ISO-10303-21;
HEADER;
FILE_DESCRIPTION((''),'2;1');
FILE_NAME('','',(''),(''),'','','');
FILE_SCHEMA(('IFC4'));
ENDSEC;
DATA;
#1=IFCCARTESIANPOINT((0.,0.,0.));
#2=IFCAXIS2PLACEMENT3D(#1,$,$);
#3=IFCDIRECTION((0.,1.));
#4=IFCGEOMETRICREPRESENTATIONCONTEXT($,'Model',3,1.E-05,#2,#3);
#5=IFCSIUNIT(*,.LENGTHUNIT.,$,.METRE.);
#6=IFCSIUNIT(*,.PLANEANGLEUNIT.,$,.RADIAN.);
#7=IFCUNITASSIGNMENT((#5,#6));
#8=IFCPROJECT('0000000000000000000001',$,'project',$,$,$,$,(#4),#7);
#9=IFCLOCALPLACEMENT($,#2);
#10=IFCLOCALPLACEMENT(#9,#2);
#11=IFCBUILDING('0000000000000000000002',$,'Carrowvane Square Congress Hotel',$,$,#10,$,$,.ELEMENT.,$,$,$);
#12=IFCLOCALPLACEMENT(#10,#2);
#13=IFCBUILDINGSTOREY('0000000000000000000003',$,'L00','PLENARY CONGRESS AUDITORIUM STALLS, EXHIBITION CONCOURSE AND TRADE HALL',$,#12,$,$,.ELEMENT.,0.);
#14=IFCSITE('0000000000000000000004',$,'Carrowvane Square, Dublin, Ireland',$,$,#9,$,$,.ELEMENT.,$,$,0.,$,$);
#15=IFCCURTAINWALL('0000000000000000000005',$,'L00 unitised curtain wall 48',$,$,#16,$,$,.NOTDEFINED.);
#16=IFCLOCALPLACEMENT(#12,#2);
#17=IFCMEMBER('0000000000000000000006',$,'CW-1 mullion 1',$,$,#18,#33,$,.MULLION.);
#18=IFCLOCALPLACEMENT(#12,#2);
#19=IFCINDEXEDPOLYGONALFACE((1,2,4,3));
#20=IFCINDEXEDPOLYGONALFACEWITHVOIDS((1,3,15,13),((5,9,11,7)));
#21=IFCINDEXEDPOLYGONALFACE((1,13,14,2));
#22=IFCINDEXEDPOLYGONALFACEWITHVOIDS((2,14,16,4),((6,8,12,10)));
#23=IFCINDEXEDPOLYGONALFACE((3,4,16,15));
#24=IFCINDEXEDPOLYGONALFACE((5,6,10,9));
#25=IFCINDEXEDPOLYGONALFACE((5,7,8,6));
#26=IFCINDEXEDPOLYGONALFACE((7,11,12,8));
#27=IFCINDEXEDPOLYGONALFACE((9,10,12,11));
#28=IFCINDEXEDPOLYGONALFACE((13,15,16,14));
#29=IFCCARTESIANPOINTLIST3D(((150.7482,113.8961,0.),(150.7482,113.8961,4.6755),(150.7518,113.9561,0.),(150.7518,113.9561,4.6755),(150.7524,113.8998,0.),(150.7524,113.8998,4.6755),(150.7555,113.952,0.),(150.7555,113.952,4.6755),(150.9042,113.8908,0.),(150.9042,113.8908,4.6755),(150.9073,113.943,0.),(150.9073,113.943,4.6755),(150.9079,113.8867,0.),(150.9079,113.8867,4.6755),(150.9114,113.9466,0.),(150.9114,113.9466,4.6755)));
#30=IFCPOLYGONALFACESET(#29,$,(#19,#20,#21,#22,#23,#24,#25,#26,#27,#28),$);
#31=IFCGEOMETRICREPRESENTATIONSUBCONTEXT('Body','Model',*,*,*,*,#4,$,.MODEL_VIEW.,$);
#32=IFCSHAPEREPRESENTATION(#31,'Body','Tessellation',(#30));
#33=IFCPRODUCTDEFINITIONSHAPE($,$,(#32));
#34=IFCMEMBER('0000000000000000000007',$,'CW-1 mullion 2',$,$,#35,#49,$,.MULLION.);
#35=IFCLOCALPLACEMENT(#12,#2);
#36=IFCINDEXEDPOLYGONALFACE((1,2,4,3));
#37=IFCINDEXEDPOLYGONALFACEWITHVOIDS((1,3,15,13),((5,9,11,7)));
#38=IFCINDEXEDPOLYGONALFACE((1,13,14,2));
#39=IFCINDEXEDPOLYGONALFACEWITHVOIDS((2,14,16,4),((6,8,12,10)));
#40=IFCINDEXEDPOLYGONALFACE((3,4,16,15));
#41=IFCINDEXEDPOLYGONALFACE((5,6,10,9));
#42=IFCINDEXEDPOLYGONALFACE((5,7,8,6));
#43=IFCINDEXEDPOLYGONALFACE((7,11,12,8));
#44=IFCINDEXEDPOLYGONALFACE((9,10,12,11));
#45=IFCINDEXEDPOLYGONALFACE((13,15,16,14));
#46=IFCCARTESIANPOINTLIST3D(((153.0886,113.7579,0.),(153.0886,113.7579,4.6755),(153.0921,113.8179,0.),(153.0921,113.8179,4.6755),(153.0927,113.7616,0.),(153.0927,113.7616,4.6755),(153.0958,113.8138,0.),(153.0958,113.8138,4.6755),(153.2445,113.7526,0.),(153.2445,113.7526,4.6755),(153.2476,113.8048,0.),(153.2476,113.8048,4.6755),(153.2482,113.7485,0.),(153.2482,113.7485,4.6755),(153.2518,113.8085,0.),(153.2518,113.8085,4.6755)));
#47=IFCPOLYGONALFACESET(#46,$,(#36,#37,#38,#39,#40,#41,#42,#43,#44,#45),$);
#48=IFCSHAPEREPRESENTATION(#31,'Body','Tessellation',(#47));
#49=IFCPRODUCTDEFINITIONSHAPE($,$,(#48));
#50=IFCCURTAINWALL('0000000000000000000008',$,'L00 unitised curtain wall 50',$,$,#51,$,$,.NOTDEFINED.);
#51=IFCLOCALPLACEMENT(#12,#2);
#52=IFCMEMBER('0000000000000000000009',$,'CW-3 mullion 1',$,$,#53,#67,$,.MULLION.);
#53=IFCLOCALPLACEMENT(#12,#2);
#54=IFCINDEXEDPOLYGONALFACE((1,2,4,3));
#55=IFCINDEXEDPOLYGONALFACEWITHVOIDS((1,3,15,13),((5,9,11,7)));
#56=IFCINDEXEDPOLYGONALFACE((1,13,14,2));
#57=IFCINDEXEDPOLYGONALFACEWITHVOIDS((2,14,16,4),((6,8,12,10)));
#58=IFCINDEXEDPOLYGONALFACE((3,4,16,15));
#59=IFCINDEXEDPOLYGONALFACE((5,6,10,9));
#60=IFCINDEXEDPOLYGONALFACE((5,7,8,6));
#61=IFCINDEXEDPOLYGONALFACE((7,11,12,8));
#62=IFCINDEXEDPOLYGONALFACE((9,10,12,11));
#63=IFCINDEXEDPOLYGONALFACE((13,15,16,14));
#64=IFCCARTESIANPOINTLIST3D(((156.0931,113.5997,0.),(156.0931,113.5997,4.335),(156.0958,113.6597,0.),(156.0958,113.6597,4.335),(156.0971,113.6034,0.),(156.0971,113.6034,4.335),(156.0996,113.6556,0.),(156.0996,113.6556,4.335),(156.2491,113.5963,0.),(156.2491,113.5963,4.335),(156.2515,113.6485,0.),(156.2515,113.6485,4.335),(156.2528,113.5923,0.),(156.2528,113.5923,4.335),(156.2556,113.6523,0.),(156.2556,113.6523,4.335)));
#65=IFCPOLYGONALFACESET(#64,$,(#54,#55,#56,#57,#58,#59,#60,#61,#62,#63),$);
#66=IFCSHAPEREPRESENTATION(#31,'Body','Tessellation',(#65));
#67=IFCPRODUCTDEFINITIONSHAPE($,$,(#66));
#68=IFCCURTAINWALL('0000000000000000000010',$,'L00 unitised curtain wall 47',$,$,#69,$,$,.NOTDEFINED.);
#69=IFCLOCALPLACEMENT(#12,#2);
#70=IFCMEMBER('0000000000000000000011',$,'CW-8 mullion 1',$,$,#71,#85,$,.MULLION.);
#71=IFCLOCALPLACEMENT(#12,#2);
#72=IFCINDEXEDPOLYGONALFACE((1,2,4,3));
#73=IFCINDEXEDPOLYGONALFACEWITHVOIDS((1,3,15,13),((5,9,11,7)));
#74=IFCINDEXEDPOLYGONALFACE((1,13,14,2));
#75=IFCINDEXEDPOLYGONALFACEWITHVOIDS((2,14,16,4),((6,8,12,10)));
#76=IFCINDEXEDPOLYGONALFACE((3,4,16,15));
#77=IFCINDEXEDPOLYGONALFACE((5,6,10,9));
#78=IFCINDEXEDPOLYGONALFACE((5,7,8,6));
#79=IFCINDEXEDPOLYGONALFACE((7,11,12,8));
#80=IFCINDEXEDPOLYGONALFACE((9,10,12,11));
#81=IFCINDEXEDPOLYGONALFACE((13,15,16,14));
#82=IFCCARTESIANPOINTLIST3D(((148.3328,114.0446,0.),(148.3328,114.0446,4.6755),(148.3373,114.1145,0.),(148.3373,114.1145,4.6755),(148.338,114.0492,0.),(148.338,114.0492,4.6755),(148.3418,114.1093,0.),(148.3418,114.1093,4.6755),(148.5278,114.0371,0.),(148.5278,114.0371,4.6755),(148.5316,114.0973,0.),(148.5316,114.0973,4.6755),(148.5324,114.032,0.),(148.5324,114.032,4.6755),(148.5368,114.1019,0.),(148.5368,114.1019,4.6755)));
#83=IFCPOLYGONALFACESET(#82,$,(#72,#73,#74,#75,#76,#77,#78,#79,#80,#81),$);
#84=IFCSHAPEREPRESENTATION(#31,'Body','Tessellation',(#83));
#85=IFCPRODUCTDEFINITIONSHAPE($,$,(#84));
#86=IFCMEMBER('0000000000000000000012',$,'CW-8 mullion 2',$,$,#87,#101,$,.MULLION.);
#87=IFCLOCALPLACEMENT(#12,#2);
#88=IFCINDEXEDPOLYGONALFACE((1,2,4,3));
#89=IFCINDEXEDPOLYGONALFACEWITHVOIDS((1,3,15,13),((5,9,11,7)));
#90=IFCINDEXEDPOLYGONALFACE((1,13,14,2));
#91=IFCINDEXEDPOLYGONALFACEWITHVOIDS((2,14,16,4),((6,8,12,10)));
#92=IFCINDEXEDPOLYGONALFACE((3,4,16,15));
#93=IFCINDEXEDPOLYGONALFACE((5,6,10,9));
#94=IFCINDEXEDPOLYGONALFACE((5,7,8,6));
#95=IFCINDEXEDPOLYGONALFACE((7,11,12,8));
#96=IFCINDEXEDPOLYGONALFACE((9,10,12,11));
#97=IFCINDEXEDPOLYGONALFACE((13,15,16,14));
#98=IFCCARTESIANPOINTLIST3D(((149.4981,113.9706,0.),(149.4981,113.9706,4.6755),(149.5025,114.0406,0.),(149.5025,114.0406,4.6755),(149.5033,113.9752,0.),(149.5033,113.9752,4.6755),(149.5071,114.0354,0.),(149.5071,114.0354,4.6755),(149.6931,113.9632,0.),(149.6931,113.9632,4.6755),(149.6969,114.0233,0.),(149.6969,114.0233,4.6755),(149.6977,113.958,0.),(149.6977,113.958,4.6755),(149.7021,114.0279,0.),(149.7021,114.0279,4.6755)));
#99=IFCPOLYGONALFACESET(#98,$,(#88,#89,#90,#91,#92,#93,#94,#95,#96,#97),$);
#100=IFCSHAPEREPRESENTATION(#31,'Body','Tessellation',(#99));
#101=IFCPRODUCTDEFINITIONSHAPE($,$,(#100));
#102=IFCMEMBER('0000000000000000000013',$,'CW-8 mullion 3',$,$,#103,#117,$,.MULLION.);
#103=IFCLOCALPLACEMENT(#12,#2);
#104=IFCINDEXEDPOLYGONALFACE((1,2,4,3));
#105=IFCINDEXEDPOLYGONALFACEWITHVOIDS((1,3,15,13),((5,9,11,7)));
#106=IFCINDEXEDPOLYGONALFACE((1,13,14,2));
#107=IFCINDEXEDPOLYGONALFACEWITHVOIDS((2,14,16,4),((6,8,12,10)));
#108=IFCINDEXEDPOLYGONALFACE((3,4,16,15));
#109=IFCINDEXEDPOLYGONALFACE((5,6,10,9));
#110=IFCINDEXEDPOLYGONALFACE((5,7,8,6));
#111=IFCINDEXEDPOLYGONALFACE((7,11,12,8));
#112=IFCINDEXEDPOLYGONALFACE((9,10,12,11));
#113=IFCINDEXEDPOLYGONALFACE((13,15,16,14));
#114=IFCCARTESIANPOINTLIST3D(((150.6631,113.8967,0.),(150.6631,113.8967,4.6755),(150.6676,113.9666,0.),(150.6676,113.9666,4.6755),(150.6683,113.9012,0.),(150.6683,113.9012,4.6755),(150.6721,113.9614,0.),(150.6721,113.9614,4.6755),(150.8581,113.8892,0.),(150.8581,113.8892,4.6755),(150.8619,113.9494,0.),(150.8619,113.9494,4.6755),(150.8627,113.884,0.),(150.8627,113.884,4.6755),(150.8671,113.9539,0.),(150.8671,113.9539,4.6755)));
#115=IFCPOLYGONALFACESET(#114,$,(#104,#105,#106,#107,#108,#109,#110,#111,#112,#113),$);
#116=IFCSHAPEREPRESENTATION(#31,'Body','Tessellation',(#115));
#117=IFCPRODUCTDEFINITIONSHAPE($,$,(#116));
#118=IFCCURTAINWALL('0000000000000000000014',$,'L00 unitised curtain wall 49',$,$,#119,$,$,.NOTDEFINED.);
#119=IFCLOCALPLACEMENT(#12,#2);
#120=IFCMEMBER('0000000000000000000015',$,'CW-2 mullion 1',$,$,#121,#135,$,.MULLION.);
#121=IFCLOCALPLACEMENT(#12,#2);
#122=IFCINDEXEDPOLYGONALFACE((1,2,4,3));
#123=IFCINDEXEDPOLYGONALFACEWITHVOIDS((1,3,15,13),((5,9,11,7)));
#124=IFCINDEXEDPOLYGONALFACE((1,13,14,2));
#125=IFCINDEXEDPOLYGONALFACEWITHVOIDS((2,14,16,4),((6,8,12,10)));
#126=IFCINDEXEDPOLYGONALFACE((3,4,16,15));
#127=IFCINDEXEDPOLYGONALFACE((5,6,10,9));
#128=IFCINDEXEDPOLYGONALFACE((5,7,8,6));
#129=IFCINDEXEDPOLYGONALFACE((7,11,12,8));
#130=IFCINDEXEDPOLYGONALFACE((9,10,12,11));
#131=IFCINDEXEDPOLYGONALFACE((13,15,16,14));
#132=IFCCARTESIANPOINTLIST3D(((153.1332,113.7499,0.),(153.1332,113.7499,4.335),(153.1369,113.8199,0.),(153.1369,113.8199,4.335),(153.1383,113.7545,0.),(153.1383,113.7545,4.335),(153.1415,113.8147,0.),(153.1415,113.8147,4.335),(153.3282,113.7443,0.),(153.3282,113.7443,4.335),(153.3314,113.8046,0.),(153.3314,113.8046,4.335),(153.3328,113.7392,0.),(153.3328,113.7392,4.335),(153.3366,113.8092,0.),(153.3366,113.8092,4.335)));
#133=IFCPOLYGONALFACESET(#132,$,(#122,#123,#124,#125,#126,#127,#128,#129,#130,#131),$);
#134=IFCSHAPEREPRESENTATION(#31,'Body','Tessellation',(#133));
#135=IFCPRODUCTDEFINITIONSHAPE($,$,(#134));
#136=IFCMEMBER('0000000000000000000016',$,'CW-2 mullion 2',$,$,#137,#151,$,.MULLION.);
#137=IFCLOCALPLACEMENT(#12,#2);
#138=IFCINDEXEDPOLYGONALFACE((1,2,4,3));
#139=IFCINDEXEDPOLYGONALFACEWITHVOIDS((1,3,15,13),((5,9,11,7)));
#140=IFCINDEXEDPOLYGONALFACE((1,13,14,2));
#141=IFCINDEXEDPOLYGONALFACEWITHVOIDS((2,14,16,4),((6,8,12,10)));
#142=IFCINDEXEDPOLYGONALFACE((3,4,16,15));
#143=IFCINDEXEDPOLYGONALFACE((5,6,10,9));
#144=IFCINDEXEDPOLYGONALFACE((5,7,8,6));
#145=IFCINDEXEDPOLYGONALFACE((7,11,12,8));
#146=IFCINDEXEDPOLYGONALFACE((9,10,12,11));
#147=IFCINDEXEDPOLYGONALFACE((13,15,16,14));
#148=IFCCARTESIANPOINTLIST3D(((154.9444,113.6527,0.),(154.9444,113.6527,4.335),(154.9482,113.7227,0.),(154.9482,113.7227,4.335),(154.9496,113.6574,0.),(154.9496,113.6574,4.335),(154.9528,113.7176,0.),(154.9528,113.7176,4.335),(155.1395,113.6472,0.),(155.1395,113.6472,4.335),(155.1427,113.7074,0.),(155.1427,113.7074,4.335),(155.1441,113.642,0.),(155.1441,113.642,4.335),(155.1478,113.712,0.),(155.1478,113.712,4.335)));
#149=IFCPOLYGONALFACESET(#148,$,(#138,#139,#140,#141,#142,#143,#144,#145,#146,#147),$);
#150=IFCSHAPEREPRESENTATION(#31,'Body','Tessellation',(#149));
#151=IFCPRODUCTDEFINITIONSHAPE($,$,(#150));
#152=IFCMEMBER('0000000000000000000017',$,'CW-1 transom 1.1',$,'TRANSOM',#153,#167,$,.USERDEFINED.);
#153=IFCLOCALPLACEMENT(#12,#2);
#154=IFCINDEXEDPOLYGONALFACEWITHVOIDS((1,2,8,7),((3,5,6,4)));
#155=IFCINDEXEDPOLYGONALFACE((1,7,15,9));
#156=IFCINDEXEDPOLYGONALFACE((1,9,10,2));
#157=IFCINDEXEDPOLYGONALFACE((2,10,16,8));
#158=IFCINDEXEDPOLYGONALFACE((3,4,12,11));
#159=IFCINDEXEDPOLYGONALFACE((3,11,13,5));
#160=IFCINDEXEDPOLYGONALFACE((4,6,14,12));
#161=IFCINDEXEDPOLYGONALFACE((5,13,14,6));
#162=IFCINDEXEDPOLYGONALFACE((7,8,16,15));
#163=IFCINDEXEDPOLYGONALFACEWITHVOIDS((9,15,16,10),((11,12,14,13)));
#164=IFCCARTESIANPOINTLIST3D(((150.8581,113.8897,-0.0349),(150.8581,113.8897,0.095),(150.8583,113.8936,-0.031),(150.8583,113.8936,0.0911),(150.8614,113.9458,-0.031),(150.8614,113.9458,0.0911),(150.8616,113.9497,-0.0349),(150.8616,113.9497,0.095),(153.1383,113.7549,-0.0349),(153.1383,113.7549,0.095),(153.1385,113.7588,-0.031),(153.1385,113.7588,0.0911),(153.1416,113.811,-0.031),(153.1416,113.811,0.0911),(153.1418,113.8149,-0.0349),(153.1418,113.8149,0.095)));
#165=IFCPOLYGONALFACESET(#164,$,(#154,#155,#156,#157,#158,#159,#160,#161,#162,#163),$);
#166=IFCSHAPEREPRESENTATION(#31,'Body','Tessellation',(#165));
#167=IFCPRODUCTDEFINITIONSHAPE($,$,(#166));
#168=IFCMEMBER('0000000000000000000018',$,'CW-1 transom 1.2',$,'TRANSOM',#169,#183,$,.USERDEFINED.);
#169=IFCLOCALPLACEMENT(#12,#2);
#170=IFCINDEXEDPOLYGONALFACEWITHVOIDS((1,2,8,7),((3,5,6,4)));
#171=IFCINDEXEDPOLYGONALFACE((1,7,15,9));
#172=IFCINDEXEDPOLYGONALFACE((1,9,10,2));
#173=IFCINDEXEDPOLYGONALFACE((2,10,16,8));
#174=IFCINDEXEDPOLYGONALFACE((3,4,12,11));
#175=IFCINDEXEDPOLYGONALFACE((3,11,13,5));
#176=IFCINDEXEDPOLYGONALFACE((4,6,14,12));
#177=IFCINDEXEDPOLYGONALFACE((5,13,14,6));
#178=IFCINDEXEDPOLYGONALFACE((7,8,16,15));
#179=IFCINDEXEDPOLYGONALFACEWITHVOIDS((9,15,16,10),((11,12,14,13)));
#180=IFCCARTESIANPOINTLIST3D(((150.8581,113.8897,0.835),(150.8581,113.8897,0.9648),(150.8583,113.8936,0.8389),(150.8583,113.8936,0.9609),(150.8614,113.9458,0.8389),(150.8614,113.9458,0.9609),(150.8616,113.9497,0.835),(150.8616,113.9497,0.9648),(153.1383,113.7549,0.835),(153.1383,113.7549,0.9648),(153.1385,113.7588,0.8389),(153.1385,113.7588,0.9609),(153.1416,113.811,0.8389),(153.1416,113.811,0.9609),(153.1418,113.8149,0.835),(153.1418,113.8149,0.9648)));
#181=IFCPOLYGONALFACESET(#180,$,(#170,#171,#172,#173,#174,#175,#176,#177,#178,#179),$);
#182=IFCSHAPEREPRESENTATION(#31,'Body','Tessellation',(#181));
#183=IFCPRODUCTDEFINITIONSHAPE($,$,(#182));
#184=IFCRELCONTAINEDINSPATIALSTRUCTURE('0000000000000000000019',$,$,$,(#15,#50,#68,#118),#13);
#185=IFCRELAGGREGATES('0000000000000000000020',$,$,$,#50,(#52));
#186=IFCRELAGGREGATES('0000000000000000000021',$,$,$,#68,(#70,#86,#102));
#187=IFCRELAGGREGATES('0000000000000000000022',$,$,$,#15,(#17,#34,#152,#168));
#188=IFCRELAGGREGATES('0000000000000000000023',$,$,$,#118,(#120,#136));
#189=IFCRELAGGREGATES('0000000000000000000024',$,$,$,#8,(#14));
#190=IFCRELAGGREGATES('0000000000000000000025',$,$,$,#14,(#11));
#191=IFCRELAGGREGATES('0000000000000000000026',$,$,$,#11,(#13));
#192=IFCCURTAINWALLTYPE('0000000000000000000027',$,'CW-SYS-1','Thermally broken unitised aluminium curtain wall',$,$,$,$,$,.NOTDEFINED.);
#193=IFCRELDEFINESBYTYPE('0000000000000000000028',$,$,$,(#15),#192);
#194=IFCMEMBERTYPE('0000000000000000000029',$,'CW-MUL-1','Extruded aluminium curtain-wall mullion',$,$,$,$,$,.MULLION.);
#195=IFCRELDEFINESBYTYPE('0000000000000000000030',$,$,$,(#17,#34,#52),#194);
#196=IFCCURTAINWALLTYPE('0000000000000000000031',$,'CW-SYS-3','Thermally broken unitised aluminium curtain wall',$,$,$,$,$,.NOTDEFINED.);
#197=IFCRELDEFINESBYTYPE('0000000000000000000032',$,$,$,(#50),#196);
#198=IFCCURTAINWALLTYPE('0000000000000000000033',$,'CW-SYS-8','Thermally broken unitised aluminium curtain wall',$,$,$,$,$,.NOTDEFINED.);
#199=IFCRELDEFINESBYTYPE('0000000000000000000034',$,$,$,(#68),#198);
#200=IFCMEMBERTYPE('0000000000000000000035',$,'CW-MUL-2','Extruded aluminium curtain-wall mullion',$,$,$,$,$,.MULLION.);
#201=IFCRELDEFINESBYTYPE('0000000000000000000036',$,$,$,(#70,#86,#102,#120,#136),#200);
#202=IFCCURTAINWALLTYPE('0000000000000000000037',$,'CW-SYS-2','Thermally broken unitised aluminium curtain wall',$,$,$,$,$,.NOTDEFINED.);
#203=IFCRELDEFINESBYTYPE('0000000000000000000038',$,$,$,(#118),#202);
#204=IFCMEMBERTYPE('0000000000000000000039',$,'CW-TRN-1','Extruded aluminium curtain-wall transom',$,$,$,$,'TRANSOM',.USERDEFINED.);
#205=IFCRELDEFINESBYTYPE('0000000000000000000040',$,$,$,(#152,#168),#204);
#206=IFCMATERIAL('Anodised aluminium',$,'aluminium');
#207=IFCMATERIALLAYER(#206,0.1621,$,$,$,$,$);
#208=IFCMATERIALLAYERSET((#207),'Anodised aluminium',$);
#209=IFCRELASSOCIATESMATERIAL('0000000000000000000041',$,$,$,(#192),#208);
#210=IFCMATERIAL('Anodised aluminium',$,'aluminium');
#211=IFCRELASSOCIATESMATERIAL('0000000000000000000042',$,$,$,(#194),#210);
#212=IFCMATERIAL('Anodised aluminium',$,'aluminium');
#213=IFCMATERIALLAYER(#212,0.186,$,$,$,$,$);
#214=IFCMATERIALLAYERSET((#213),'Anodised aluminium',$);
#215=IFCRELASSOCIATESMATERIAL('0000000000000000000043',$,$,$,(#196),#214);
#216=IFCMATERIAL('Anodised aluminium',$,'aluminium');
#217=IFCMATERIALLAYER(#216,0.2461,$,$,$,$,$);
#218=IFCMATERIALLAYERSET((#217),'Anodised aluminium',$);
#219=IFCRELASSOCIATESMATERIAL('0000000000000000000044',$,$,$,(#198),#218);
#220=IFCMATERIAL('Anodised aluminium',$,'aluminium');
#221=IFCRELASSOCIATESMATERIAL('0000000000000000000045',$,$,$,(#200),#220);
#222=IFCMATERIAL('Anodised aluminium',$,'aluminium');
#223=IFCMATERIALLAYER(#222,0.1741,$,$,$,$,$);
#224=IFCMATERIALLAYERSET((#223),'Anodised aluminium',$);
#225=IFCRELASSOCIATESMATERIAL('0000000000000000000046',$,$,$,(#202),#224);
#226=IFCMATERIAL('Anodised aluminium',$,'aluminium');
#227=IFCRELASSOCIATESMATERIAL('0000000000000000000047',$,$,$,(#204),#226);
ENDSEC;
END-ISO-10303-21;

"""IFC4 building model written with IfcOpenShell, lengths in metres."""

from ifc_helpers import new_model, si_unit, direction, frame, origin, origin_2d, place, context, subcontext, project, spatial, hollow_rectangle, extrude, material, layer, layer_set, material_profile, profile_set, type_object, element, aggregate, save


model = new_model("IFC4")

# Units and contexts
model_context = context("Model", 3, precision=1e-05, world=origin(), true_north=direction((0.0, 1.0)))
body_context = subcontext(model_context, "Body", "Model", "MODEL_VIEW")
ifc_project = project(units=[si_unit("LENGTHUNIT", "METRE"), si_unit("PLANEANGLEUNIT", "RADIAN")], contexts=[model_context])

# Site, building, storey
site_placement = place(None, origin())
site = spatial("IfcSite", under=ifc_project, at=site_placement, Name="Carrowvane Square, Dublin, Ireland", CompositionType="ELEMENT", RefElevation=0.0)
building_placement = place(site_placement, origin())
building = spatial("IfcBuilding", under=site, at=building_placement, Name="Carrowvane Square Congress Hotel", CompositionType="ELEMENT")
storey_placement = place(building_placement, origin())
storey = spatial("IfcBuildingStorey", under=building, at=storey_placement, Name="L00", Description="PLENARY CONGRESS AUDITORIUM STALLS, EXHIBITION CONCOURSE AND TRADE HALL", CompositionType="ELEMENT", Elevation=0.0)

# Curtain wall, members
ifc_material_1 = material(Name="Anodised aluminium", Category="aluminium")
ifc_layer_1 = layer(ifc_material_1, 0.1621)
ifc_layer_set_1 = layer_set([ifc_layer_1], Name="Anodised aluminium")
curtain_wall_type_1 = type_object("IfcCurtainWallType", Name="CW-SYS-1", Description="Thermally broken unitised aluminium curtain wall", PredefinedType="NOTDEFINED", material=ifc_layer_set_1)
curtain_wall_1_placement = place(storey_placement, origin())
curtain_wall_1 = element("IfcCurtainWall", 1, at=curtain_wall_1_placement, inside=storey, type_object=curtain_wall_type_1, Name="L00 unitised curtain wall 48", PredefinedType="NOTDEFINED")
ifc_material_2 = material(Name="Anodised aluminium", Category="aluminium")
ifc_material_profile_1 = material_profile(ifc_material_2, hollow_rectangle(XDim=0.0601, YDim=0.1599, WallThickness=0.0039, at=origin_2d()), Name="CW-ML 60x160x4")
ifc_profile_set_1 = profile_set([ifc_material_profile_1], Name="Anodised aluminium")
member_type_1 = type_object("IfcMemberType", Name="CW-MUL-1", Description="Extruded aluminium curtain-wall mullion", PredefinedType="MULLION", material=ifc_profile_set_1)
member_1_placement = place(storey_placement, frame((150.8298, 113.9214, 0.0), z_axis=(0.0, 0.0, 1.0), x_axis=(0.058989, 0.998259, 0.0)))
member_1 = element("IfcMember", 2, at=member_1_placement, type_object=member_type_1, Name="CW-1 mullion 1", PredefinedType="MULLION", context=body_context, shape_type="SweptSolid", body=[
    extrude(hollow_rectangle(XDim=0.0601, YDim=0.1599, WallThickness=0.0039, at=origin_2d()), origin(), (0.0, 0.0, 1.0), 4.6755),
])
member_2_placement = place(storey_placement, frame((153.1702, 113.7832, 0.0), z_axis=(0.0, 0.0, 1.0), x_axis=(0.058989, 0.998259, 0.0)))
member_2 = element("IfcMember", 3, at=member_2_placement, type_object=member_type_1, Name="CW-1 mullion 2", PredefinedType="MULLION", context=body_context, shape_type="SweptSolid", body=[
    extrude(hollow_rectangle(XDim=0.0601, YDim=0.1599, WallThickness=0.0039, at=origin_2d()), origin(), (0.0, 0.0, 1.0), 4.6755),
])

# Curtain wall, member
ifc_material_3 = material(Name="Anodised aluminium", Category="aluminium")
ifc_layer_2 = layer(ifc_material_3, 0.186)
ifc_layer_set_2 = layer_set([ifc_layer_2], Name="Anodised aluminium")
curtain_wall_type_2 = type_object("IfcCurtainWallType", Name="CW-SYS-3", Description="Thermally broken unitised aluminium curtain wall", PredefinedType="NOTDEFINED", material=ifc_layer_set_2)
curtain_wall_2_placement = place(storey_placement, origin())
curtain_wall_2 = element("IfcCurtainWall", 4, at=curtain_wall_2_placement, inside=storey, type_object=curtain_wall_type_2, Name="L00 unitised curtain wall 50", PredefinedType="NOTDEFINED")
member_3_placement = place(storey_placement, frame((156.1743, 113.626, 0.0), z_axis=(0.0, 0.0, 1.0), x_axis=(0.046517, 0.998917, 0.0)))
member_3 = element("IfcMember", 5, at=member_3_placement, type_object=member_type_1, Name="CW-3 mullion 1", PredefinedType="MULLION", context=body_context, shape_type="SweptSolid", body=[
    extrude(hollow_rectangle(XDim=0.0601, YDim=0.1599, WallThickness=0.0039, at=origin_2d()), origin(), (0.0, 0.0, 1.0), 4.335),
])

# Curtain walls, members
ifc_material_4 = material(Name="Anodised aluminium", Category="aluminium")
ifc_layer_3 = layer(ifc_material_4, 0.2461)
ifc_layer_set_3 = layer_set([ifc_layer_3], Name="Anodised aluminium")
curtain_wall_type_3 = type_object("IfcCurtainWallType", Name="CW-SYS-8", Description="Thermally broken unitised aluminium curtain wall", PredefinedType="NOTDEFINED", material=ifc_layer_set_3)
curtain_wall_3_placement = place(storey_placement, origin())
curtain_wall_3 = element("IfcCurtainWall", 6, at=curtain_wall_3_placement, inside=storey, type_object=curtain_wall_type_3, Name="L00 unitised curtain wall 47", PredefinedType="NOTDEFINED")
ifc_material_5 = material(Name="Anodised aluminium", Category="aluminium")
ifc_material_profile_2 = material_profile(ifc_material_5, hollow_rectangle(XDim=0.0701, YDim=0.2, WallThickness=0.0049, at=origin_2d()), Name="CW-ML 70x200x5")
ifc_profile_set_2 = profile_set([ifc_material_profile_2], Name="Anodised aluminium")
member_type_2 = type_object("IfcMemberType", Name="CW-MUL-2", Description="Extruded aluminium curtain-wall mullion", PredefinedType="MULLION", material=ifc_profile_set_2)
member_4_placement = place(storey_placement, frame((148.4348, 114.0732, 0.0), z_axis=(0.0, 0.0, 1.0), x_axis=(0.063273, 0.997996, 0.0)))
member_4 = element("IfcMember", 7, at=member_4_placement, type_object=member_type_2, Name="CW-8 mullion 1", PredefinedType="MULLION", context=body_context, shape_type="SweptSolid", body=[
    extrude(hollow_rectangle(XDim=0.0701, YDim=0.2, WallThickness=0.0049, at=origin_2d()), origin(), (0.0, 0.0, 1.0), 4.6755),
])
member_5_placement = place(storey_placement, frame((149.6001, 113.9993, 0.0), z_axis=(0.0, 0.0, 1.0), x_axis=(0.063273, 0.997996, 0.0)))
member_5 = element("IfcMember", 8, at=member_5_placement, type_object=member_type_2, Name="CW-8 mullion 2", PredefinedType="MULLION", context=body_context, shape_type="SweptSolid", body=[
    extrude(hollow_rectangle(XDim=0.0701, YDim=0.2, WallThickness=0.0049, at=origin_2d()), origin(), (0.0, 0.0, 1.0), 4.6755),
])
member_6_placement = place(storey_placement, frame((150.7651, 113.9253, 0.0), z_axis=(0.0, 0.0, 1.0), x_axis=(0.063273, 0.997996, 0.0)))
member_6 = element("IfcMember", 9, at=member_6_placement, type_object=member_type_2, Name="CW-8 mullion 3", PredefinedType="MULLION", context=body_context, shape_type="SweptSolid", body=[
    extrude(hollow_rectangle(XDim=0.0701, YDim=0.2, WallThickness=0.0049, at=origin_2d()), origin(), (0.0, 0.0, 1.0), 4.6755),
])
ifc_material_6 = material(Name="Anodised aluminium", Category="aluminium")
ifc_layer_4 = layer(ifc_material_6, 0.1741)
ifc_layer_set_4 = layer_set([ifc_layer_4], Name="Anodised aluminium")
curtain_wall_type_4 = type_object("IfcCurtainWallType", Name="CW-SYS-2", Description="Thermally broken unitised aluminium curtain wall", PredefinedType="NOTDEFINED", material=ifc_layer_set_4)
curtain_wall_4_placement = place(storey_placement, origin())
curtain_wall_4 = element("IfcCurtainWall", 10, at=curtain_wall_4_placement, inside=storey, type_object=curtain_wall_type_4, Name="L00 unitised curtain wall 49", PredefinedType="NOTDEFINED")
member_7_placement = place(storey_placement, frame((153.2349, 113.7795, 0.0), z_axis=(0.0, 0.0, 1.0), x_axis=(0.053517, 0.998567, 0.0)))
member_7 = element("IfcMember", 11, at=member_7_placement, type_object=member_type_2, Name="CW-2 mullion 1", PredefinedType="MULLION", context=body_context, shape_type="SweptSolid", body=[
    extrude(hollow_rectangle(XDim=0.0701, YDim=0.2, WallThickness=0.0049, at=origin_2d()), origin(), (0.0, 0.0, 1.0), 4.335),
])
member_8_placement = place(storey_placement, frame((155.0461, 113.6824, 0.0), z_axis=(0.0, 0.0, 1.0), x_axis=(0.053517, 0.998567, 0.0)))
member_8 = element("IfcMember", 12, at=member_8_placement, type_object=member_type_2, Name="CW-2 mullion 2", PredefinedType="MULLION", context=body_context, shape_type="SweptSolid", body=[
    extrude(hollow_rectangle(XDim=0.0701, YDim=0.2, WallThickness=0.0049, at=origin_2d()), origin(), (0.0, 0.0, 1.0), 4.335),
])

# Members
ifc_material_7 = material(Name="Anodised aluminium", Category="aluminium")
ifc_material_profile_3 = material_profile(ifc_material_7, hollow_rectangle(XDim=0.0601, YDim=0.1299, WallThickness=0.0039, at=origin_2d()), Name="CW-TR 60x130x4")
ifc_profile_set_3 = profile_set([ifc_material_profile_3], Name="Anodised aluminium")
member_type_3 = type_object("IfcMemberType", Name="CW-TRN-1", Description="Extruded aluminium curtain-wall transom", ElementType="TRANSOM", PredefinedType="USERDEFINED", material=ifc_profile_set_3)
member_9_placement = place(storey_placement, frame((150.8599, 113.9197, 0.03), z_axis=(0.998258, -0.058998, 0.0), x_axis=(0.058998, 0.998258, 0.0)))
member_9 = element("IfcMember", 13, at=member_9_placement, type_object=member_type_3, Name="CW-1 transom 1.1", ObjectType="TRANSOM", PredefinedType="USERDEFINED", context=body_context, shape_type="SweptSolid", body=[
    extrude(hollow_rectangle(XDim=0.0601, YDim=0.1299, WallThickness=0.0039, at=origin_2d()), origin(), (0.0, 0.0, 1.0), 2.2842),
])
member_10_placement = place(storey_placement, frame((150.8599, 113.9197, 0.8999), z_axis=(0.998258, -0.058998, 0.0), x_axis=(0.058998, 0.998258, 0.0)))
member_10 = element("IfcMember", 14, at=member_10_placement, type_object=member_type_3, Name="CW-1 transom 1.2", ObjectType="TRANSOM", PredefinedType="USERDEFINED", context=body_context, shape_type="SweptSolid", body=[
    extrude(hollow_rectangle(XDim=0.0601, YDim=0.1299, WallThickness=0.0039, at=origin_2d()), origin(), (0.0, 0.0, 1.0), 2.2842),
])
aggregate(curtain_wall_2, [member_3])

aggregate(curtain_wall_3, [member_4, member_5, member_6])
aggregate(curtain_wall_1, [member_1, member_2, member_9, member_10])
aggregate(curtain_wall_4, [member_7, member_8])

save(model, "model.ifc")
